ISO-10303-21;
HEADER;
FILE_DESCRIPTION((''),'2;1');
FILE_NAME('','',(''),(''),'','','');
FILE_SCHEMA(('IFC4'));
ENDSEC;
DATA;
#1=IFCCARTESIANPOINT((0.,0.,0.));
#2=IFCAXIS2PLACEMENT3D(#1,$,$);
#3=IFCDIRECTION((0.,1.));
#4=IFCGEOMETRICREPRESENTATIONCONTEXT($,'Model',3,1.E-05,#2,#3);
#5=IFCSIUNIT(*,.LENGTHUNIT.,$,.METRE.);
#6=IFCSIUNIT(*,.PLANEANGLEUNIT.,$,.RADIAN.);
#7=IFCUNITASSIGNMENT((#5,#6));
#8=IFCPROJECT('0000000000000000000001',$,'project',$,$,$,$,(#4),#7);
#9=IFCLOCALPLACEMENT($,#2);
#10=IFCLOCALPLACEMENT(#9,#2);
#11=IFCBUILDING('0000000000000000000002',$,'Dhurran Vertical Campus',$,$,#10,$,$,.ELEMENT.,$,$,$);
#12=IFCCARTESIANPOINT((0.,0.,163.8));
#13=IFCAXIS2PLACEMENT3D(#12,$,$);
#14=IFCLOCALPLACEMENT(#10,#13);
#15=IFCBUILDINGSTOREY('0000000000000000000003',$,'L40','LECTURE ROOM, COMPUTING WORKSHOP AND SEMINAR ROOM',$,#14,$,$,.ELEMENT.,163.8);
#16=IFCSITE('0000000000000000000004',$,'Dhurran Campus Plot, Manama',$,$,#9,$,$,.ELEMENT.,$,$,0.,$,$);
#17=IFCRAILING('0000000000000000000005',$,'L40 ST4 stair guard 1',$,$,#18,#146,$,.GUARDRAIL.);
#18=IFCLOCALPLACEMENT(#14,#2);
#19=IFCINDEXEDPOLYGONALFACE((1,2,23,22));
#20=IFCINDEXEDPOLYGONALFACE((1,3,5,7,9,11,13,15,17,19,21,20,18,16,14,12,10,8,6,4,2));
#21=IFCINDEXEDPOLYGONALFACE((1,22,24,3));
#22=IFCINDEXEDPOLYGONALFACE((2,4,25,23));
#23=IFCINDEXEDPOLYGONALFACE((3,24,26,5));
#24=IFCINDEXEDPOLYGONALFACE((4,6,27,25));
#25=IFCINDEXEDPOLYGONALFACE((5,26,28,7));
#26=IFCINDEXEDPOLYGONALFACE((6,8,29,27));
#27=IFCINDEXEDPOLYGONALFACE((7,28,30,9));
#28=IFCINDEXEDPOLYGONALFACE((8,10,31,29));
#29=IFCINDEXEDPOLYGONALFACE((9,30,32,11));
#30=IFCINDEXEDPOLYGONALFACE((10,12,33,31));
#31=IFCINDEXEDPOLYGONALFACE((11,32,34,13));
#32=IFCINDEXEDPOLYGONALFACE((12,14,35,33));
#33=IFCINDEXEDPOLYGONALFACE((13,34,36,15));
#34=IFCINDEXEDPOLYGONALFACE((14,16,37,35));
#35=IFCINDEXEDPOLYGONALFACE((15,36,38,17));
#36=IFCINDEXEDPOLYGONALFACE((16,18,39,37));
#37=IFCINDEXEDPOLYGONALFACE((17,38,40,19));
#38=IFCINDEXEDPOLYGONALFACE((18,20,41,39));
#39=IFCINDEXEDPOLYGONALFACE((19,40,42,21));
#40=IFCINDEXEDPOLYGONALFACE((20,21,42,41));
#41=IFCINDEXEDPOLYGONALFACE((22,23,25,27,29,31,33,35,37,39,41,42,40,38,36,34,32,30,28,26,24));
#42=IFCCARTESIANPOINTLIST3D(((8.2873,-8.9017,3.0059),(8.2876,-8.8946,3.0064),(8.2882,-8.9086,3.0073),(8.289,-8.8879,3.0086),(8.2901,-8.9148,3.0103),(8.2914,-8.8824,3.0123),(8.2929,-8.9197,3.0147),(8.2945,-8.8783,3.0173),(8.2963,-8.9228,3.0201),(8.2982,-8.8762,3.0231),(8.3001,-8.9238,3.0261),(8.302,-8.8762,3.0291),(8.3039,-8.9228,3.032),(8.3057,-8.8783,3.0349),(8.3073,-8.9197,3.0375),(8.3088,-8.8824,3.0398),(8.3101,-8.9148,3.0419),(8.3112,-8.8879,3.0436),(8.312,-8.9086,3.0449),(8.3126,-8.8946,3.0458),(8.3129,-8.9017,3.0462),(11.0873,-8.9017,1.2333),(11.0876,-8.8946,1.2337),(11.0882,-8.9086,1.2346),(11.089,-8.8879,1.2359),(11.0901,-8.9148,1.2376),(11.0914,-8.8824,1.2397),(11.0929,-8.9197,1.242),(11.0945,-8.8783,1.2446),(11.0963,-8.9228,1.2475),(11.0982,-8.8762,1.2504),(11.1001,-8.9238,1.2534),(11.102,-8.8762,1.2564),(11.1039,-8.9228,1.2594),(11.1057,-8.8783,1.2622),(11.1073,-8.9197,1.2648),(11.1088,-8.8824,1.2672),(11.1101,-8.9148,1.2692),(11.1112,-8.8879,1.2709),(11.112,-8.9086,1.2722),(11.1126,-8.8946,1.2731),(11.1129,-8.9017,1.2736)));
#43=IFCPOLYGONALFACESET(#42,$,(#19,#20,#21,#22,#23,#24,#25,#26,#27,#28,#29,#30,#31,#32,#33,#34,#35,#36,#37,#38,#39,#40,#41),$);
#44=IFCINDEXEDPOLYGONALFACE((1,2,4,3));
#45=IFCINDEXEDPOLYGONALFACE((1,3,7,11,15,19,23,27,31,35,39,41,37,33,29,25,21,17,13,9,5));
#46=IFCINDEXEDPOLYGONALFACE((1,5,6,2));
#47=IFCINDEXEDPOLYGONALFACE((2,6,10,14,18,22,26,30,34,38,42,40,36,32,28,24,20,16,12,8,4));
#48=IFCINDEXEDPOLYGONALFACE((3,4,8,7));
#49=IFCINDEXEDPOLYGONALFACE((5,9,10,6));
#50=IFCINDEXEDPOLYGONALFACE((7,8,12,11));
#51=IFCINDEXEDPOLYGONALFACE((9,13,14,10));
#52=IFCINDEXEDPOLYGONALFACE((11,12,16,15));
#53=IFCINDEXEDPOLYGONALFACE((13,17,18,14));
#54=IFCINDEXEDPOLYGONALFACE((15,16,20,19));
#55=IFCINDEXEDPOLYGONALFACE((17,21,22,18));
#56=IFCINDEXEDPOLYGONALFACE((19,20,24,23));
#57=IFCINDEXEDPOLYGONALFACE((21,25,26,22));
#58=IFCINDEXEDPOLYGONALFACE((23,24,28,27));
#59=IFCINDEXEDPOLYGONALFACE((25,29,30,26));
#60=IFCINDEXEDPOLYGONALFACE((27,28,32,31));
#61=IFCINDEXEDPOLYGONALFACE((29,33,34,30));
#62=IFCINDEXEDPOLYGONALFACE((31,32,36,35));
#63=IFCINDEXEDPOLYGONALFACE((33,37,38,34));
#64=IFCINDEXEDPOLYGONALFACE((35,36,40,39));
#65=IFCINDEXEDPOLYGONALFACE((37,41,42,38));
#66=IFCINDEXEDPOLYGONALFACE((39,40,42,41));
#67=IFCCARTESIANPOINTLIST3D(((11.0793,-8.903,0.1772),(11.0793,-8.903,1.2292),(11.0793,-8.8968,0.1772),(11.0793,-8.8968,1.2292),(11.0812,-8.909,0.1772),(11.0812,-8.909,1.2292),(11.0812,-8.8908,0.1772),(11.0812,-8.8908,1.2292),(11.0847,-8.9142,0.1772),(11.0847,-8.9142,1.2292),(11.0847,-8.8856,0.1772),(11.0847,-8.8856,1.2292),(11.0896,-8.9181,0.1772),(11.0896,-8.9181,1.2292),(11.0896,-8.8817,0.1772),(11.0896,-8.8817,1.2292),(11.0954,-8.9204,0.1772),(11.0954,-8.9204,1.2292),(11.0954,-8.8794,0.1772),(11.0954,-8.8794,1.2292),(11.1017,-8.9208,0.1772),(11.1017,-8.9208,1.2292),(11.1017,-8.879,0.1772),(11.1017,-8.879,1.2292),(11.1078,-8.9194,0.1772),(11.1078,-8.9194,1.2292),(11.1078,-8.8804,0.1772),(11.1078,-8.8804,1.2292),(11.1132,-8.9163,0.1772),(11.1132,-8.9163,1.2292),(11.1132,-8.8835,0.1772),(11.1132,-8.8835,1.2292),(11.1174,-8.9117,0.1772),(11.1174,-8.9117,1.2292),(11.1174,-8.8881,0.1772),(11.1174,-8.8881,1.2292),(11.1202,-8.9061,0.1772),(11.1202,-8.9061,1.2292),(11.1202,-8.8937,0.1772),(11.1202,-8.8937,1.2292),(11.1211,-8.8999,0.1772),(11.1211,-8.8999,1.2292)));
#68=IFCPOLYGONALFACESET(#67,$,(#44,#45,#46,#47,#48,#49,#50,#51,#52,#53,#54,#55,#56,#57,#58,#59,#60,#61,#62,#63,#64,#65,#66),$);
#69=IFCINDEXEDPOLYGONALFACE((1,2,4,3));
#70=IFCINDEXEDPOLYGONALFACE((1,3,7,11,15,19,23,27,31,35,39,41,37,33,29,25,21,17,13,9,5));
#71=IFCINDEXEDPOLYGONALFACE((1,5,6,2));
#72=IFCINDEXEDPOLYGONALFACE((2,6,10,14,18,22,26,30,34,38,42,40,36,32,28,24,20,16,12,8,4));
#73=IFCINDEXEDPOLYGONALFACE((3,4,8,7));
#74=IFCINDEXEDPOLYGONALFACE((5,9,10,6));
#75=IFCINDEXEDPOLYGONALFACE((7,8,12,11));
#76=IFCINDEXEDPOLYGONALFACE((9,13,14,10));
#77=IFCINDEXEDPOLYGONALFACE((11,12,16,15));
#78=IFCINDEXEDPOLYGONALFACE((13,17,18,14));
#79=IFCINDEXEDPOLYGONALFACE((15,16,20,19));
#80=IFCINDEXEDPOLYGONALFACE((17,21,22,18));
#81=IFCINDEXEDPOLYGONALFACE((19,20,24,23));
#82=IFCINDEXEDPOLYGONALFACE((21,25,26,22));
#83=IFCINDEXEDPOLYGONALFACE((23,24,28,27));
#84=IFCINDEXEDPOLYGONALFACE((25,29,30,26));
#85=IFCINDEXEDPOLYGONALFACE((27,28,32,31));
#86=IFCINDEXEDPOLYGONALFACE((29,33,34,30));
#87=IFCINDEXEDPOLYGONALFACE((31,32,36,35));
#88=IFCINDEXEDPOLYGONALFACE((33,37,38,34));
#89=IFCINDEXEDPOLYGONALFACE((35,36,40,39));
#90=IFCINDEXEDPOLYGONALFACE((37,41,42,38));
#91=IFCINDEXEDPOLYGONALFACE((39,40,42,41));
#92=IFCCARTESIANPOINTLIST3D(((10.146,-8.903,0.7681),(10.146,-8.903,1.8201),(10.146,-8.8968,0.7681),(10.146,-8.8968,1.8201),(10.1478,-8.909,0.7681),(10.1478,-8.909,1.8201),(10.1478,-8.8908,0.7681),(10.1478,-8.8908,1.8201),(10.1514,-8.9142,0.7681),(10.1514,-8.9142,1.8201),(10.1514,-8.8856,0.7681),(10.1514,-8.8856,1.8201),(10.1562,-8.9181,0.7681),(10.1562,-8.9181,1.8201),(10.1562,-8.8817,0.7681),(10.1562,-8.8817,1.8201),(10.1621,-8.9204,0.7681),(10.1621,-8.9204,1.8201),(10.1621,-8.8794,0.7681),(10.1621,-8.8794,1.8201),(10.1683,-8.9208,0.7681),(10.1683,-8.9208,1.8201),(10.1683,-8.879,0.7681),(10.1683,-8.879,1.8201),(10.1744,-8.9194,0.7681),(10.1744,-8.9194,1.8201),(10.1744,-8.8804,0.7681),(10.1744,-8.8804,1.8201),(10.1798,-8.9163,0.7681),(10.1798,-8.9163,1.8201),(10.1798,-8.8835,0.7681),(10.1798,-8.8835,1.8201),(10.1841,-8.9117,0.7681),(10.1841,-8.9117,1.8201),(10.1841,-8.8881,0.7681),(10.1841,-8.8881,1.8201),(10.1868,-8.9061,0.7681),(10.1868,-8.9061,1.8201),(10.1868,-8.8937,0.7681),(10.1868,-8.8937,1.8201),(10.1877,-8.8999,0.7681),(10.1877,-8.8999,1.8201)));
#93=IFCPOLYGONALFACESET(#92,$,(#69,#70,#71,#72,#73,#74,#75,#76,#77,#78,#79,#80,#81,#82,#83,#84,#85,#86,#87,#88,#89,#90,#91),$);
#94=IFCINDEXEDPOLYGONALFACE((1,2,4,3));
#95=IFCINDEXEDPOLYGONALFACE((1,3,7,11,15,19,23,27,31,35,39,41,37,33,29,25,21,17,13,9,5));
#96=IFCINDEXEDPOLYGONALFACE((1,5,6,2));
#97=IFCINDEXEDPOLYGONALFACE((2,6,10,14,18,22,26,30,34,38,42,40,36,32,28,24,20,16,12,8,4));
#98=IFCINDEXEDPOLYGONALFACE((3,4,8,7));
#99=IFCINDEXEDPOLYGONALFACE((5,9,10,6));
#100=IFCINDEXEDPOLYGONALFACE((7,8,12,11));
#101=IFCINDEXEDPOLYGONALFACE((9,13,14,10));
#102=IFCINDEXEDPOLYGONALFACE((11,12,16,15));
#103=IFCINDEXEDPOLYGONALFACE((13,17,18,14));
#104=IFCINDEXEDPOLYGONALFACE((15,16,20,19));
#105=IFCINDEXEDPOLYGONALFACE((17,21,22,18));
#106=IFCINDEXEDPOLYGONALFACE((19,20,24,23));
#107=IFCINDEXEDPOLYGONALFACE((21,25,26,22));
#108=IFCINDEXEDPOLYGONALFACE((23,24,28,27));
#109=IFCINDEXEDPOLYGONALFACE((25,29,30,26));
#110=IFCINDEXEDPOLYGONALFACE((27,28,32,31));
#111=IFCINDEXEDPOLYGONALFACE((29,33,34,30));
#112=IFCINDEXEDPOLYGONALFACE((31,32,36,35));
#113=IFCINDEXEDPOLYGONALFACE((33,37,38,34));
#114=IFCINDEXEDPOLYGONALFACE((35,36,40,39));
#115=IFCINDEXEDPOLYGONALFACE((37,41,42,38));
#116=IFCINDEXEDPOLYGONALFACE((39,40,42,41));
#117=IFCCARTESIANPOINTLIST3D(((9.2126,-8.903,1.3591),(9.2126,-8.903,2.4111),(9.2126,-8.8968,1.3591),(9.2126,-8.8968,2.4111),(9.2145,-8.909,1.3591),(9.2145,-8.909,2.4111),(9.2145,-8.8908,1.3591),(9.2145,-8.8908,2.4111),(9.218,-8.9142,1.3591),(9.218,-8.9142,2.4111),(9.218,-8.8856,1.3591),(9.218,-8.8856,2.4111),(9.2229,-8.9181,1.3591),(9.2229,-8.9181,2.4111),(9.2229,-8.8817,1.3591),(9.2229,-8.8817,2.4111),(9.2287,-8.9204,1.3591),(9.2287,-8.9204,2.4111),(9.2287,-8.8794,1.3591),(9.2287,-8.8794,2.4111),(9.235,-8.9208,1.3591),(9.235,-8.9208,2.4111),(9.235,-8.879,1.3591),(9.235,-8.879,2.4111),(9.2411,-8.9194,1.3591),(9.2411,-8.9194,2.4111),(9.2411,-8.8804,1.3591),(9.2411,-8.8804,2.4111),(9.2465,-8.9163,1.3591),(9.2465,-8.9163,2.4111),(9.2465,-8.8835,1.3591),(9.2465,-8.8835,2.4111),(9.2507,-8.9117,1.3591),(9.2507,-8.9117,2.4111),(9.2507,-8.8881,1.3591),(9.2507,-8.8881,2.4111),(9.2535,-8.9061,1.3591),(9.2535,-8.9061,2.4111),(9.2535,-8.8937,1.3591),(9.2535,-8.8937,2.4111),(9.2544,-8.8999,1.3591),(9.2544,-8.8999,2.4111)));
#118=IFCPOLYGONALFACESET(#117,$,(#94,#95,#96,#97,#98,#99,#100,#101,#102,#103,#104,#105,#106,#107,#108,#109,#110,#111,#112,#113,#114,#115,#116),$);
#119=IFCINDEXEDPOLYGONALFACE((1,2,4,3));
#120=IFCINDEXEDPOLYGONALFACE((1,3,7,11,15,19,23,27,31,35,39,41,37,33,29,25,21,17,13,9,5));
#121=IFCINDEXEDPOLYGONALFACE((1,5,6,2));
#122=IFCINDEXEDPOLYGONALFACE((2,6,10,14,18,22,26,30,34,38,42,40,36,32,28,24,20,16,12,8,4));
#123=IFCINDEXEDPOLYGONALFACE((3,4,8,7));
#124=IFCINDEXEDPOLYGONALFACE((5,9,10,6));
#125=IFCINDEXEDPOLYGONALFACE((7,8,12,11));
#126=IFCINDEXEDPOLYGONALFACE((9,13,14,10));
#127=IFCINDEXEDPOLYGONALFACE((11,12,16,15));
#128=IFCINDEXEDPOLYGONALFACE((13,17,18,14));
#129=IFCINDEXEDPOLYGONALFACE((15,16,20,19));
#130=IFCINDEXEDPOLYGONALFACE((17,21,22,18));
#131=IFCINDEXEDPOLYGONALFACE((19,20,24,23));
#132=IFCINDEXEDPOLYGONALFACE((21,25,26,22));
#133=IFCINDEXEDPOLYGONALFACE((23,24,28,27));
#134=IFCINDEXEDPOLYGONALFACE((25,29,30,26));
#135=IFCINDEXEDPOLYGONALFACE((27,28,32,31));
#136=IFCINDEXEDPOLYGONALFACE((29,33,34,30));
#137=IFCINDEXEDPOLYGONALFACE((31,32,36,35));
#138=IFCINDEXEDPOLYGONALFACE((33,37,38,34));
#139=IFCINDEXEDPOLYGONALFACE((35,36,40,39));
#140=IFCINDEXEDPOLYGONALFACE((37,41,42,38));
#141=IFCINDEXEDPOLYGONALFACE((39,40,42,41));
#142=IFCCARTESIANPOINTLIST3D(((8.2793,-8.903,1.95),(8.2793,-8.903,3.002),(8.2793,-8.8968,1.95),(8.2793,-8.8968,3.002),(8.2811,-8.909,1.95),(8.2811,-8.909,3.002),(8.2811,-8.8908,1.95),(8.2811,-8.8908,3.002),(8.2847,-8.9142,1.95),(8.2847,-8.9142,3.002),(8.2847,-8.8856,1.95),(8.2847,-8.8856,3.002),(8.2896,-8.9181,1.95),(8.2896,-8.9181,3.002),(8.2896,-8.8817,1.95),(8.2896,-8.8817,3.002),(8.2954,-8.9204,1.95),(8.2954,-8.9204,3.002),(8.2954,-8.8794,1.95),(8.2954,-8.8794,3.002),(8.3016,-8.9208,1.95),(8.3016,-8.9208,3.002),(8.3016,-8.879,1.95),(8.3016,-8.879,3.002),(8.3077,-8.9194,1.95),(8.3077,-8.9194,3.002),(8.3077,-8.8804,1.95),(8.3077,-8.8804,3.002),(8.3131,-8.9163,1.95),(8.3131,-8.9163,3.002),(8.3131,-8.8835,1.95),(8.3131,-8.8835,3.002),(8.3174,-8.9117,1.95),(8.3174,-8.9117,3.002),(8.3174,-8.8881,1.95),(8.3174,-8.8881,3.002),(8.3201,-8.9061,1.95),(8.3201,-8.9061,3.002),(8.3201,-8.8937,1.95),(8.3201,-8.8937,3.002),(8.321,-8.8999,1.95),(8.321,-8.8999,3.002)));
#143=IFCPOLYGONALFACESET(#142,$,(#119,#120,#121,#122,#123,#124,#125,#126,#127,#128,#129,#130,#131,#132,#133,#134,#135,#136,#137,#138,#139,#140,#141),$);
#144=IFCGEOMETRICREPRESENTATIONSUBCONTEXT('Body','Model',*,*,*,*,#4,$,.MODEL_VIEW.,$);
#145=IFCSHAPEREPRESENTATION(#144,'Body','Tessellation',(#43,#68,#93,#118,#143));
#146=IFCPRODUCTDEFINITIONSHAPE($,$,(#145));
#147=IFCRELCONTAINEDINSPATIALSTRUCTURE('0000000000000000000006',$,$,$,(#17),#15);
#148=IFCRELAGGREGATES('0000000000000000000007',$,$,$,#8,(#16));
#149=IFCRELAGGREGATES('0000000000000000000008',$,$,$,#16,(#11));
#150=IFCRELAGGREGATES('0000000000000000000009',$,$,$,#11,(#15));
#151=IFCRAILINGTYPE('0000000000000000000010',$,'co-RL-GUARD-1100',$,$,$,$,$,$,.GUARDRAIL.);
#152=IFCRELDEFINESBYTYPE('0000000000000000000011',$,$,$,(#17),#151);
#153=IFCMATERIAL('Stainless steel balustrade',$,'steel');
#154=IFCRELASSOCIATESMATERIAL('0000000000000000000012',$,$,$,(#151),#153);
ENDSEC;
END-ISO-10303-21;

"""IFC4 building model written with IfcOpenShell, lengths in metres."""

from ifc_helpers import new_model, si_unit, direction, frame, origin, origin_2d, place, context, subcontext, project, spatial, circle, extrude, material, type_object, element, save


model = new_model("IFC4")

# Units and contexts
model_context = context("Model", 3, precision=1e-05, world=origin(), true_north=direction((0.0, 1.0)))
body_context = subcontext(model_context, "Body", "Model", "MODEL_VIEW")
ifc_project = project(units=[si_unit("LENGTHUNIT", "METRE"), si_unit("PLANEANGLEUNIT", "RADIAN")], contexts=[model_context])

# Site, building, storey
site_placement = place(None, origin())
site = spatial("IfcSite", under=ifc_project, at=site_placement, Name="Dhurran Campus Plot, Manama", CompositionType="ELEMENT", RefElevation=0.0)
building_placement = place(site_placement, origin())
building = spatial("IfcBuilding", under=site, at=building_placement, Name="Dhurran Vertical Campus", CompositionType="ELEMENT")
storey_placement = place(building_placement, frame((0.0, 0.0, 163.8)))
storey = spatial("IfcBuildingStorey", under=building, at=storey_placement, Name="L40", Description="LECTURE ROOM, COMPUTING WORKSHOP AND SEMINAR ROOM", CompositionType="ELEMENT", Elevation=163.8)

# Railing
ifc_material_1 = material(Name="Stainless steel balustrade", Category="steel")
railing_type_1 = type_object("IfcRailingType", Name="co-RL-GUARD-1100", PredefinedType="GUARDRAIL", material=ifc_material_1)
railing_1_placement = place(storey_placement, frame((11.1001, -8.8999, 0.1772)))
element("IfcRailing", 1, at=railing_1_placement, inside=storey, type_object=railing_type_1, Name="L40 ST4 stair guard 1", PredefinedType="GUARDRAIL", context=body_context, shape_type="SweptSolid", body=[
    extrude(circle(Radius=0.0239, at=origin_2d()), frame((0.0, 0.0, 1.0762), z_axis=(-0.844909, 0.0, 0.53491), x_axis=(0.0, -1.0, 0.0)), (0.0, 0.0, 1.0), 3.314),
    extrude(circle(Radius=0.021, at=origin_2d()), origin(), (0.0, 0.0, 1.0), 1.052),
    extrude(circle(Radius=0.021, at=origin_2d()), frame((-0.9333, 0.0, 0.5908)), (0.0, 0.0, 1.0), 1.052),
    extrude(circle(Radius=0.021, at=origin_2d()), frame((-1.8667, 0.0, 1.1819)), (0.0, 0.0, 1.0), 1.052),
    extrude(circle(Radius=0.021, at=origin_2d()), frame((-2.8, 0.0, 1.7727)), (0.0, 0.0, 1.0), 1.052),
])

save(model, "model.ifc")
